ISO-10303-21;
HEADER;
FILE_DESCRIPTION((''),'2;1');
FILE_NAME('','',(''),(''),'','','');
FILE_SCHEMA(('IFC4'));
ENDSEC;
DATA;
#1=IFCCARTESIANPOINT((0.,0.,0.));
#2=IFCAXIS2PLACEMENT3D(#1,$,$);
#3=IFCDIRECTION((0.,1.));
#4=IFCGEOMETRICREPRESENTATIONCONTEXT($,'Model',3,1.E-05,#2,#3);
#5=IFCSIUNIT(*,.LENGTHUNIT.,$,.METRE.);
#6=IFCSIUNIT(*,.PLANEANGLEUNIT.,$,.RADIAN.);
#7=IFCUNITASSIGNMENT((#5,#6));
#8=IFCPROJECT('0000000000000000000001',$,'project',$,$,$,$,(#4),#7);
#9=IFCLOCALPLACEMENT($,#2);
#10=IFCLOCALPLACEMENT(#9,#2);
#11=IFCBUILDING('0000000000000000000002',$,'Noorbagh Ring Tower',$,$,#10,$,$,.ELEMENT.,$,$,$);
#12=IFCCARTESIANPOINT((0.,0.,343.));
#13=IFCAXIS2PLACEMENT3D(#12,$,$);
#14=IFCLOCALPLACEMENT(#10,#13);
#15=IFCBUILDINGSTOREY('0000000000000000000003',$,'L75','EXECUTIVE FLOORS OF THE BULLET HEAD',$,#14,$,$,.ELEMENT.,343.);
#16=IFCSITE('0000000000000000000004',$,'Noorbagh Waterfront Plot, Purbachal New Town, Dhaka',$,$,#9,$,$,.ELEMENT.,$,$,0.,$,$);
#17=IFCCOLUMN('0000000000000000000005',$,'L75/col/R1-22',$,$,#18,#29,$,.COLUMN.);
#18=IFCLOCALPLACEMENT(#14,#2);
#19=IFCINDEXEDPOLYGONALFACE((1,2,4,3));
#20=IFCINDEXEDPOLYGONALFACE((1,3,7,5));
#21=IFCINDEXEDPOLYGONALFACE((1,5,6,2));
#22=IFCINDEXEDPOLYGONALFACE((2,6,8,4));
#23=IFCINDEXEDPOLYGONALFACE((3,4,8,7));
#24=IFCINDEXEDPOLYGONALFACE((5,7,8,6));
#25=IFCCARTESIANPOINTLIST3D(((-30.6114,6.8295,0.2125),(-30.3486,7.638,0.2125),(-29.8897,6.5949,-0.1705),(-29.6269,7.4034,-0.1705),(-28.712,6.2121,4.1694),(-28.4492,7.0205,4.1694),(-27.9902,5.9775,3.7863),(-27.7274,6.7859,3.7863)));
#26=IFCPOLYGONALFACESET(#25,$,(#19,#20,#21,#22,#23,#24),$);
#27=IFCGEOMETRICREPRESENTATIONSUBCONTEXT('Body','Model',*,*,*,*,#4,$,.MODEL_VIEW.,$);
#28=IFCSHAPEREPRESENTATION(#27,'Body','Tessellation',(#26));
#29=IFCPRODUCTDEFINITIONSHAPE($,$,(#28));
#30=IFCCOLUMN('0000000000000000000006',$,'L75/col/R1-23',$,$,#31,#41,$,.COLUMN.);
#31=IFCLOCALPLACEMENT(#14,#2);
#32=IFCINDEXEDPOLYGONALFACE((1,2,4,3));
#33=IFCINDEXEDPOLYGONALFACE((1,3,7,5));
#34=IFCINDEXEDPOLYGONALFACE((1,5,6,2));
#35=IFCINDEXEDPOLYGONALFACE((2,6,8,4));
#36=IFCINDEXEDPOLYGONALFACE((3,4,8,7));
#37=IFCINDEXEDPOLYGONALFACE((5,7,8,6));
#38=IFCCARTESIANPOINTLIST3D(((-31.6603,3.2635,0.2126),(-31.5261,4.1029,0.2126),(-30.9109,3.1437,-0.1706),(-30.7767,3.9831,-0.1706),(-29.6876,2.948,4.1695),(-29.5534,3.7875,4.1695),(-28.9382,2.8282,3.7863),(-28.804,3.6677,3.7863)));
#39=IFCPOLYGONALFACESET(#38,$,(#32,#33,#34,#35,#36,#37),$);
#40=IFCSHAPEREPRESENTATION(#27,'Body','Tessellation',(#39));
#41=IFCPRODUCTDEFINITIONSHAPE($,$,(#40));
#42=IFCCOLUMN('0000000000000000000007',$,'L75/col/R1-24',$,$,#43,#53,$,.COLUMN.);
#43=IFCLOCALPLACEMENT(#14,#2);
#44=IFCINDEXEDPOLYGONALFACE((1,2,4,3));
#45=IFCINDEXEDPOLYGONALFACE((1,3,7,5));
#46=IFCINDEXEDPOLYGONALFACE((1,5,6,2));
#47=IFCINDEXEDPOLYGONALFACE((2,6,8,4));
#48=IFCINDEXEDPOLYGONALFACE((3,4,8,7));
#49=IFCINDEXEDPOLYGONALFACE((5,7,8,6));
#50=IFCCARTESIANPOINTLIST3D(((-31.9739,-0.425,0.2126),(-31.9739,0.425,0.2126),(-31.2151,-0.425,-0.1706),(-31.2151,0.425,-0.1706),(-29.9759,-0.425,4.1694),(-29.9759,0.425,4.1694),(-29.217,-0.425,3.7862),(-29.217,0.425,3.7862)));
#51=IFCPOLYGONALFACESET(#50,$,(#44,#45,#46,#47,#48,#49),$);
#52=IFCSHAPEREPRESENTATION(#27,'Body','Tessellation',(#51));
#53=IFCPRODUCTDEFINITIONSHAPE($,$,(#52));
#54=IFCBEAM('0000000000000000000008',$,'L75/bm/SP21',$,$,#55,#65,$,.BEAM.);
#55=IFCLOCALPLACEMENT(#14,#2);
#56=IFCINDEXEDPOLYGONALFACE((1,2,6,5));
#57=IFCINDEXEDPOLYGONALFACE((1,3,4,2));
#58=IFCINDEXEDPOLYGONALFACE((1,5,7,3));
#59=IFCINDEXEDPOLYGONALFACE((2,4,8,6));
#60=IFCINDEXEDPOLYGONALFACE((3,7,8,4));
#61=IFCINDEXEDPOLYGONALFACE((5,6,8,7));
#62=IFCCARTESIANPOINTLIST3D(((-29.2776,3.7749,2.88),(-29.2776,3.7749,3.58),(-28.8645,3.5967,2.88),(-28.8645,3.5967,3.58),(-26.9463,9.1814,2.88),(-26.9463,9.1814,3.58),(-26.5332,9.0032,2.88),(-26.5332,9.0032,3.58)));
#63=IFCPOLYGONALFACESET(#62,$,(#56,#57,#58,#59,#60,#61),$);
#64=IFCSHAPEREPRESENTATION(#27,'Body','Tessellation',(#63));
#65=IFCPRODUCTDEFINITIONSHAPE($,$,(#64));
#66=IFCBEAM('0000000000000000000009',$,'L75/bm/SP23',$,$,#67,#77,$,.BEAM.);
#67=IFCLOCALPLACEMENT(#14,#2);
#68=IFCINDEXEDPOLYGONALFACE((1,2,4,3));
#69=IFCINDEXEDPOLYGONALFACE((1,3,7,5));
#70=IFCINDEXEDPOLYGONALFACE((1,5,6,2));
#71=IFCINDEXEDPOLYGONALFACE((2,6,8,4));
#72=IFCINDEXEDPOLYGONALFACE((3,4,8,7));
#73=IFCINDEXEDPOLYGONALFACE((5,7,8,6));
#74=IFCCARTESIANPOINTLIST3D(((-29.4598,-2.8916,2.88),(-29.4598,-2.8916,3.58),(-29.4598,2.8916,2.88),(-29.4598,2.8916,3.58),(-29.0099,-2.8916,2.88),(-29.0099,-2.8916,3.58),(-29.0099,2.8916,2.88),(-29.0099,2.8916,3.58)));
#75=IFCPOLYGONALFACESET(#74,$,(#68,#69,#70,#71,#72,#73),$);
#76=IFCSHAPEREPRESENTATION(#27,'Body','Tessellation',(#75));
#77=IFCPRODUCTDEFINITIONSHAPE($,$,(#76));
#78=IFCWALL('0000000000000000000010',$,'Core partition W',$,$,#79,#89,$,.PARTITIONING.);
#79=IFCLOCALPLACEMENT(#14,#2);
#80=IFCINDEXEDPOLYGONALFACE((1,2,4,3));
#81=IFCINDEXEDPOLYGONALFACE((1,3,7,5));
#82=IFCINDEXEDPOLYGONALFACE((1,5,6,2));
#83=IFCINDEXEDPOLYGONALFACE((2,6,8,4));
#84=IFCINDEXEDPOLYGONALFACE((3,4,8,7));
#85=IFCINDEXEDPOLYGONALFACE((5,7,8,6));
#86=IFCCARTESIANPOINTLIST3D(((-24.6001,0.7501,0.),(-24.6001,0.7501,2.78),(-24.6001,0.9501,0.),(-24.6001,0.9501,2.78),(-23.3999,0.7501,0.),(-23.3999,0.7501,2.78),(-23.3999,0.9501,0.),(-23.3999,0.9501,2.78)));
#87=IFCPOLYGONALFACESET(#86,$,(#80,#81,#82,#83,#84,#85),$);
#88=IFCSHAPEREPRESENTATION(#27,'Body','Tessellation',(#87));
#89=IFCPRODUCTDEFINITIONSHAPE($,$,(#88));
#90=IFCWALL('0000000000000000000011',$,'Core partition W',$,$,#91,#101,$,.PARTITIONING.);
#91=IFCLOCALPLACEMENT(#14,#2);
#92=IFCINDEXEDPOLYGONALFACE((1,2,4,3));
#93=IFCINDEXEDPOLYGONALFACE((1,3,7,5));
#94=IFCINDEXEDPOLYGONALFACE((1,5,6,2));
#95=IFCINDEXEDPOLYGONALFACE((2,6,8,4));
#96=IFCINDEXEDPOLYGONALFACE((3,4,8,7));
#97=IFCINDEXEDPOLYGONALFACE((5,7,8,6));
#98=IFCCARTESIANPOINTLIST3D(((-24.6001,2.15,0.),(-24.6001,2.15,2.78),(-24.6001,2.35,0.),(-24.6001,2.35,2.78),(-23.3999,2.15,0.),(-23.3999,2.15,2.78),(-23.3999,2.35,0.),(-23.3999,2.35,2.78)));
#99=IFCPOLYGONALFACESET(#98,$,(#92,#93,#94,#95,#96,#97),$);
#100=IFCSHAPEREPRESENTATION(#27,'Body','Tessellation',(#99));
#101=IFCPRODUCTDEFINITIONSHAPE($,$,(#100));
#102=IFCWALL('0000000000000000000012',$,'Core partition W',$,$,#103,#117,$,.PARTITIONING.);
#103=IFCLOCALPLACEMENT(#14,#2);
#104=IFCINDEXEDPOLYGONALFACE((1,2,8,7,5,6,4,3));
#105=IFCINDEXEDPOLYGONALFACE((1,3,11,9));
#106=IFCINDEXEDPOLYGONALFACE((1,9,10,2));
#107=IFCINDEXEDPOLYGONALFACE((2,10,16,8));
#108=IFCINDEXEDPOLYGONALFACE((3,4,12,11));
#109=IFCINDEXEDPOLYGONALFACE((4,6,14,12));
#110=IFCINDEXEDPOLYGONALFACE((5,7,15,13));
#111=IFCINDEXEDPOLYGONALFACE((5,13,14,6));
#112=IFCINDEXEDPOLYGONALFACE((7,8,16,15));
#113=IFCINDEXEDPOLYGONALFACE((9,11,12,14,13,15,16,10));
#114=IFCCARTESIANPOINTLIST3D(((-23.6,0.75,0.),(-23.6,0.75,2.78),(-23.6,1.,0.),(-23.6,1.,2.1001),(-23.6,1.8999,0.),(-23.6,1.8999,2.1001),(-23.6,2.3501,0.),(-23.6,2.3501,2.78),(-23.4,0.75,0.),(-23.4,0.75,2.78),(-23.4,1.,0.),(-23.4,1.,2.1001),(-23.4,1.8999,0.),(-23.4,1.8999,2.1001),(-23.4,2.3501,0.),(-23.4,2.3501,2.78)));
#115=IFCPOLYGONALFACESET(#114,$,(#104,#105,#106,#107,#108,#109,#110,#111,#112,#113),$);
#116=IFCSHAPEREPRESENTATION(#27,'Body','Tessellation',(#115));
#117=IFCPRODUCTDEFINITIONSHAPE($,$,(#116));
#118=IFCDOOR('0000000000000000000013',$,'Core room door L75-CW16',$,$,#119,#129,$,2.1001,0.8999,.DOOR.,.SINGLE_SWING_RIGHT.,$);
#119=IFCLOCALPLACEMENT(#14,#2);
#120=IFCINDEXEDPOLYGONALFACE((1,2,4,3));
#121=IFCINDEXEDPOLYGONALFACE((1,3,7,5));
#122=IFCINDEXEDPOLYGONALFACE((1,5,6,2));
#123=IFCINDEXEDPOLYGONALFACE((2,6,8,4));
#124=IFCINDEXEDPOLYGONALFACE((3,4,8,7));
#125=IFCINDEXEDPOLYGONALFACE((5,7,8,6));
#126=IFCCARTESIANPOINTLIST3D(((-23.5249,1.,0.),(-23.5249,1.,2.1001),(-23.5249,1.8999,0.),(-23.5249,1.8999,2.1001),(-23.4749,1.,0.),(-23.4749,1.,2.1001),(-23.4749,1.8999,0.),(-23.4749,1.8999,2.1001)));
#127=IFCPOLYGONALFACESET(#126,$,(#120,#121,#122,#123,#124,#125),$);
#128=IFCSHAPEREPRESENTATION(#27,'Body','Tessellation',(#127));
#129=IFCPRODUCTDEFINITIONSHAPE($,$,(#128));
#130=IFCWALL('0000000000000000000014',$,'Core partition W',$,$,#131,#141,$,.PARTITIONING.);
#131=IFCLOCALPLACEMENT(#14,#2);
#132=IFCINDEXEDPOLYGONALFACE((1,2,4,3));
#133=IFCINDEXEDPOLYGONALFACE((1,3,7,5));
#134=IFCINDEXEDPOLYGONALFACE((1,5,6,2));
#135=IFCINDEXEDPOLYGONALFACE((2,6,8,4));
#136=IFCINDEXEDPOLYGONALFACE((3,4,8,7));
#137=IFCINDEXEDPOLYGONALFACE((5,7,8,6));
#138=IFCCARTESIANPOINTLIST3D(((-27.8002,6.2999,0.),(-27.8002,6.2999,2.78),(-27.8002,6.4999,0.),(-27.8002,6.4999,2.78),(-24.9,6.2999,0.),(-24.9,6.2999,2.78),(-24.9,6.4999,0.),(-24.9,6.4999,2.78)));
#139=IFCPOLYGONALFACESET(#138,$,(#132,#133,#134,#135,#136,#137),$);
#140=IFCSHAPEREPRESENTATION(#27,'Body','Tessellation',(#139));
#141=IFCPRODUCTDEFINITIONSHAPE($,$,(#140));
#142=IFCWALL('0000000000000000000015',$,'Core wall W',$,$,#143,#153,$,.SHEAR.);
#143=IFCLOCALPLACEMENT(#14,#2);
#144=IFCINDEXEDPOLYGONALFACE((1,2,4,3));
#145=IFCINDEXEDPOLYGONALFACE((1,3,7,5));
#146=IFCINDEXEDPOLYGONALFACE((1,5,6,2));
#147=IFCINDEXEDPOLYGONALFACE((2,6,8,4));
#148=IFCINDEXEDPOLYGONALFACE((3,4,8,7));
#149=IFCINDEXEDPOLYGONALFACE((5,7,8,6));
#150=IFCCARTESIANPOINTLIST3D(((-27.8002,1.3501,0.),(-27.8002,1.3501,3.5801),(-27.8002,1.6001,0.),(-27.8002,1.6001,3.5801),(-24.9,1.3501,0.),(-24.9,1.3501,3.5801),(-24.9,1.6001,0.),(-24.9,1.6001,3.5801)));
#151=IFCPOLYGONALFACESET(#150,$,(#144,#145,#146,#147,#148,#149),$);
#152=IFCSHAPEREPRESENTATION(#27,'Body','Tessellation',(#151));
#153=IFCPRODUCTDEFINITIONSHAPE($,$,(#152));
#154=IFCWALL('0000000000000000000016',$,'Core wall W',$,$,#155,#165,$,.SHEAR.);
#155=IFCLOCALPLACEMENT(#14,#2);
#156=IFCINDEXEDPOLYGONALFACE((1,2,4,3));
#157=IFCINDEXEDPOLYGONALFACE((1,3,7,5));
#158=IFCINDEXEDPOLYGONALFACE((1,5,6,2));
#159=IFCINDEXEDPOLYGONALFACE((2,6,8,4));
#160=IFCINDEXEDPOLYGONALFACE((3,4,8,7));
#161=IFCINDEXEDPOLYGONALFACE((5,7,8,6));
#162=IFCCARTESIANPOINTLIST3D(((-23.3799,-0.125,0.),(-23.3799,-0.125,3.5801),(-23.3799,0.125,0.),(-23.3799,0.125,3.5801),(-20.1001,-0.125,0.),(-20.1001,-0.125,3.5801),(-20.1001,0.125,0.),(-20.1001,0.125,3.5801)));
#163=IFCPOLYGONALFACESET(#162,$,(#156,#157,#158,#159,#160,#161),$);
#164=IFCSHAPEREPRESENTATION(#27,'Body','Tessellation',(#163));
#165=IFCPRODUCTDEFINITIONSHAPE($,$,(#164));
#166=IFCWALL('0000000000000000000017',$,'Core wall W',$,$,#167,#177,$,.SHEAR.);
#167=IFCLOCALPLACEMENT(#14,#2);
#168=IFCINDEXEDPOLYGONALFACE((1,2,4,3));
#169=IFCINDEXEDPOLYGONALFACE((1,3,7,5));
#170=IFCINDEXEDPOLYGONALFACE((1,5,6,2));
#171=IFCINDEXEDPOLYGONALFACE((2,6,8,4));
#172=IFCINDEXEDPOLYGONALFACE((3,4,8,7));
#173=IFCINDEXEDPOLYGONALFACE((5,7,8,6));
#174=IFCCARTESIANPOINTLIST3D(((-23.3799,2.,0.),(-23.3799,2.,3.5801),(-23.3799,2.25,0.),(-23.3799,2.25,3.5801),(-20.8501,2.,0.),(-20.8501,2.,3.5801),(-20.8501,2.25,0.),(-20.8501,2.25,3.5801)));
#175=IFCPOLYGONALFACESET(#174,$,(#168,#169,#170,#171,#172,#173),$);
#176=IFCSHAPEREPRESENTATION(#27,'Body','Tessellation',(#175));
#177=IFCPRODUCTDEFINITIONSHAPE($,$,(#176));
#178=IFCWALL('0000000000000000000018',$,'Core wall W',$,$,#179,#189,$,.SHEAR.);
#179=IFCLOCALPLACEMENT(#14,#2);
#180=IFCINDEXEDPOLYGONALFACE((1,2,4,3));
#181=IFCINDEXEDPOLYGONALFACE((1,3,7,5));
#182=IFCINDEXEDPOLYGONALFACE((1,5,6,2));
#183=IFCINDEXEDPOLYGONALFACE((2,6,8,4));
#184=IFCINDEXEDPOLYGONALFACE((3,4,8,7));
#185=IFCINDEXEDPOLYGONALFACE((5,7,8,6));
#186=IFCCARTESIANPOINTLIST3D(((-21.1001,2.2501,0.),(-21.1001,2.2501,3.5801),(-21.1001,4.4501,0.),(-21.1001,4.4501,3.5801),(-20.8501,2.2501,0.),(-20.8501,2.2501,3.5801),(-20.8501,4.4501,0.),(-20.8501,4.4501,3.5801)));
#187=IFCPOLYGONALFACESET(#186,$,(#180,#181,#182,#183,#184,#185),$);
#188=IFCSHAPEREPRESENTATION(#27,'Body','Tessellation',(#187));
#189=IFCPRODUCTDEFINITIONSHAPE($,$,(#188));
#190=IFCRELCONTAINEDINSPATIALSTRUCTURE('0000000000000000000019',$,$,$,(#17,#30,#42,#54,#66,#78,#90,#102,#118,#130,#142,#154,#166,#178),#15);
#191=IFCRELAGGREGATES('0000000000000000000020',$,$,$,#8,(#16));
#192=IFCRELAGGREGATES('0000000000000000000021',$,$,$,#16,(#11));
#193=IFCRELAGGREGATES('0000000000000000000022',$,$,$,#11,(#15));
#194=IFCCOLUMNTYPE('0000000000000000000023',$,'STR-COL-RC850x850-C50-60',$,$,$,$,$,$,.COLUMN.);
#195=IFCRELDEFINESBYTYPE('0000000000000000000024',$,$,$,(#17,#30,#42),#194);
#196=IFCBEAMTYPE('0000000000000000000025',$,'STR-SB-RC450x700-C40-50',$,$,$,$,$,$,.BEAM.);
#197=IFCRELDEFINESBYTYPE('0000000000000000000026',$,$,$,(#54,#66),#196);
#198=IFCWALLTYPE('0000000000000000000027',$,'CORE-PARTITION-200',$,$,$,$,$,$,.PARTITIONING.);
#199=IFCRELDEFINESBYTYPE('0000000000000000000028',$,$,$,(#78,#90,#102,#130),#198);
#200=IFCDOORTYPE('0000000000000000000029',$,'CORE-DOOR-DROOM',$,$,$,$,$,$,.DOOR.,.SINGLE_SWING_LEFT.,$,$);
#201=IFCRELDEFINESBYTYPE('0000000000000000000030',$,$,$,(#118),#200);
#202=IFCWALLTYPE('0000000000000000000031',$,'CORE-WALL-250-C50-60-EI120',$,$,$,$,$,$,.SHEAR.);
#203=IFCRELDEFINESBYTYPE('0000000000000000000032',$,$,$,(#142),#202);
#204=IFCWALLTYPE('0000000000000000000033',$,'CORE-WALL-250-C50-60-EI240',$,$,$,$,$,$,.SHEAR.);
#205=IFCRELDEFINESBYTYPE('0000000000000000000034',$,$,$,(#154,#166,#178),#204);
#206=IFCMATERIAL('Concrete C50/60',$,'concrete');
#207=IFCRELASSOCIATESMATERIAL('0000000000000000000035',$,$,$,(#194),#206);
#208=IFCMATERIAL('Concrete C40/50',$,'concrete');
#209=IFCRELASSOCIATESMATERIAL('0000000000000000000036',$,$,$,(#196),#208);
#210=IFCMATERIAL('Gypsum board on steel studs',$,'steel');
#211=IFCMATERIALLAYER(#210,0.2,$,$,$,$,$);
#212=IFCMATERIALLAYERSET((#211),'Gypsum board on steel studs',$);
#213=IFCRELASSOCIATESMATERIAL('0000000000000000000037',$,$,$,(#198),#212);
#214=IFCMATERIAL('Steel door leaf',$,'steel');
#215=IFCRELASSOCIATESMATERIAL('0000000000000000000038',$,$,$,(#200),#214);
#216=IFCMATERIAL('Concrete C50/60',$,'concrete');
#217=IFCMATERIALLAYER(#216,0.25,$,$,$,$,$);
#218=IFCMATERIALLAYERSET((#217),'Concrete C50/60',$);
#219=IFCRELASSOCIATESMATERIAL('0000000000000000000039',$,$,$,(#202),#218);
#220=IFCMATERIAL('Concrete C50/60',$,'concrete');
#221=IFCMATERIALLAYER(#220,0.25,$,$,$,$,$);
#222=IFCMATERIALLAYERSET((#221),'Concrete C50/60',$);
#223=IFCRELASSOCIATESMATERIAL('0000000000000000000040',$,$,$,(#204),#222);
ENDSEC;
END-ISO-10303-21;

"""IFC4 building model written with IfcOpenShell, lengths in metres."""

from ifc_helpers import new_model, si_unit, direction, frame, frame_2d, origin, origin_2d, place, context, subcontext, project, spatial, rectangle, extrude, material, layer, layer_set, material_profile, profile_set, type_object, element, fill, save


model = new_model("IFC4")

# Units and contexts
model_context = context("Model", 3, precision=1e-05, world=origin(), true_north=direction((0.0, 1.0)))
body_context = subcontext(model_context, "Body", "Model", "MODEL_VIEW")
ifc_project = project(units=[si_unit("LENGTHUNIT", "METRE"), si_unit("PLANEANGLEUNIT", "RADIAN")], contexts=[model_context])

# Site, building, storey
site_placement = place(None, origin())
site = spatial("IfcSite", under=ifc_project, at=site_placement, Name="Noorbagh Waterfront Plot, Purbachal New Town, Dhaka", CompositionType="ELEMENT", RefElevation=0.0)
building_placement = place(site_placement, origin())
building = spatial("IfcBuilding", under=site, at=building_placement, Name="Noorbagh Ring Tower", CompositionType="ELEMENT")
storey_placement = place(building_placement, frame((0.0, 0.0, 343.0)))
storey = spatial("IfcBuildingStorey", under=building, at=storey_placement, Name="L75", Description="EXECUTIVE FLOORS OF THE BULLET HEAD", CompositionType="ELEMENT", Elevation=343.0)

# Columns
ifc_material_1 = material(Name="Concrete C50/60", Category="concrete")
ifc_material_profile_1 = material_profile(ifc_material_1, rectangle(XDim=0.8501, YDim=0.8501, at=origin_2d()), Name="RC850x850")
ifc_profile_set_1 = profile_set([ifc_material_profile_1], Name="Concrete C50/60")
column_type = type_object("IfcColumnType", Name="STR-COL-RC850x850-C50-60", PredefinedType="COLUMN", material=ifc_profile_set_1)
column_placement = place(storey_placement, frame((-30.1191, 7.1165, 0.021), z_axis=(0.42854, -0.139303, 0.892719), x_axis=(0.309141, 0.951016, 0.0)))
element("IfcColumn", 1, at=column_placement, inside=storey, type_object=column_type, Name="L75/col/R1-22", PredefinedType="COLUMN", context=body_context, shape_type="SweptSolid", body=[
    extrude(rectangle(XDim=0.8501, YDim=0.8501, at=origin_2d()), origin(), (0.0, 0.0, 1.0), 4.4324),
])
for number, where, z_axis, x_axis, name in (
    (2, (-31.2185, 3.6233, 0.021), (0.445044, -0.071163, 0.892677), (0.157895, 0.987456, 0.0), "L75/col/R1-23"),
    (3, (-31.5945, 0.0, 0.021), (0.450757, 0.0, 0.892647), (0.0, 1.0, 0.0), "L75/col/R1-24"),
):
    element("IfcColumn", number, at=place(storey_placement, frame(where, z_axis=z_axis, x_axis=x_axis)), inside=storey, type_object=column_type, Name=name, PredefinedType="COLUMN", context=body_context, shape_type="SweptSolid", body=[
        extrude(rectangle(XDim=0.8501, YDim=0.8501, at=origin_2d()), origin(), (0.0, 0.0, 1.0), 4.4326),
    ])

# Beams
ifc_material_2 = material(Name="Concrete C40/50", Category="concrete")
ifc_material_profile_2 = material_profile(ifc_material_2, rectangle(XDim=0.45, YDim=0.7, at=origin_2d()), Name="RC450x700")
ifc_profile_set_2 = profile_set([ifc_material_profile_2], Name="Concrete C40/50")
beam_type = type_object("IfcBeamType", Name="STR-SB-RC450x700-C40-50", PredefinedType="BEAM", material=ifc_profile_set_2)
beam_1_placement = place(storey_placement, frame((-26.7397, 9.0923, 3.23), z_axis=(-0.39596, -0.918268, 0.0), x_axis=(0.918268, -0.39596, 0.0)))
element("IfcBeam", 4, at=beam_1_placement, inside=storey, type_object=beam_type, Name="L75/bm/SP21", PredefinedType="BEAM", context=body_context, shape_type="SweptSolid", body=[
    extrude(rectangle(XDim=0.45, YDim=0.7, at=origin_2d()), origin(), (0.0, 0.0, 1.0), 5.8877),
])
beam_2_placement = place(storey_placement, frame((-29.2349, 2.8916, 3.23), z_axis=(0.0, -1.0, 0.0), x_axis=(1.0, 0.0, 0.0)))
element("IfcBeam", 5, at=beam_2_placement, inside=storey, type_object=beam_type, Name="L75/bm/SP23", PredefinedType="BEAM", context=body_context, shape_type="SweptSolid", body=[
    extrude(rectangle(XDim=0.45, YDim=0.7, at=origin_2d()), origin(), (0.0, 0.0, 1.0), 5.7832),
])

# Walls
ifc_material_3 = material(Name="Gypsum board on steel studs", Category="steel")
ifc_layer_1 = layer(ifc_material_3, 0.2)
ifc_layer_set_1 = layer_set([ifc_layer_1], Name="Gypsum board on steel studs")
wall_type_1 = type_object("IfcWallType", Name="CORE-PARTITION-200", PredefinedType="PARTITIONING", material=ifc_layer_set_1)
for number, where, z_axis, x_axis, name in (
    (6, (-23.3999, 0.8501, 0.0), (0.0, 0.0, 1.0), (-1.0, 0.0, 0.0), "Core partition W"),
    (7, (-23.3999, 2.25, 0.0), (0.0, 0.0, 1.0), (-1.0, 0.0, 0.0), "Core partition W"),
):
    element("IfcWall", number, at=place(storey_placement, frame(where, z_axis=z_axis, x_axis=x_axis)), inside=storey, type_object=wall_type_1, Name=name, PredefinedType="PARTITIONING", context=body_context, shape_type="SweptSolid", body=[
        extrude(rectangle(XDim=1.2002, YDim=0.2, at=frame_2d((0.6001, 0.0))), origin(), (0.0, 0.0, 1.0), 2.78),
    ])

# Wall, opening, door
wall_1_placement = place(storey_placement, frame((-23.5, 0.75, 0.0), z_axis=(0.0, 0.0, 1.0), x_axis=(0.0, 1.0, 0.0)))
wall_1 = element("IfcWall", 8, at=wall_1_placement, inside=storey, type_object=wall_type_1, Name="Core partition W", PredefinedType="PARTITIONING", context=body_context, shape_type="SweptSolid", body=[
    extrude(rectangle(XDim=1.6001, YDim=0.2, at=frame_2d((0.8, 0.0))), origin(), (0.0, 0.0, 1.0), 2.78),
])
opening_1_placement = place(wall_1_placement, frame((0.25, 0.0, 0.0)))
opening_1 = element("IfcOpeningElement", 9, at=opening_1_placement, cuts=wall_1, PredefinedType="OPENING", context=body_context, shape_type="SweptSolid", body=[
    extrude(rectangle(XDim=0.8999, YDim=2.1001, at=frame_2d((0.45, 1.05))), frame((0.0, 0.1099, 0.0), z_axis=(0.0, -1.0, 0.0), x_axis=(1.0, 0.0, 0.0)), (0.0, 0.0, 1.0), 0.22),
])
ifc_material_4 = material(Name="Steel door leaf", Category="steel")
door_type_1 = type_object("IfcDoorType", Name="CORE-DOOR-DROOM", OperationType="SINGLE_SWING_LEFT", PredefinedType="DOOR", material=ifc_material_4)
door_1_placement = place(opening_1_placement, origin())
door_1 = element("IfcDoor", 10, at=door_1_placement, inside=storey, type_object=door_type_1, Name="Core room door L75-CW16", OperationType="SINGLE_SWING_RIGHT", OverallHeight=2.1001, OverallWidth=0.8999, PredefinedType="DOOR", context=body_context, shape_type="SweptSolid", body=[
    extrude(rectangle(XDim=0.8999, YDim=2.1001, at=frame_2d((0.45, 1.05))), frame((0.0, 0.0249, 0.0), z_axis=(0.0, -1.0, 0.0), x_axis=(1.0, 0.0, 0.0)), (0.0, 0.0, 1.0), 0.05),
])
fill(opening_1, door_1)

# Walls
wall_2_placement = place(storey_placement, frame((-24.8999, 6.3999, 0.0), z_axis=(0.0, 0.0, 1.0), x_axis=(-1.0, 0.0, 0.0)))
element("IfcWall", 11, at=wall_2_placement, inside=storey, type_object=wall_type_1, Name="Core partition W", PredefinedType="PARTITIONING", context=body_context, shape_type="SweptSolid", body=[
    extrude(rectangle(XDim=2.9001, YDim=0.2, at=frame_2d((1.4502, 0.0))), origin(), (0.0, 0.0, 1.0), 2.78),
])
ifc_material_5 = material(Name="Concrete C50/60", Category="concrete")
ifc_layer_2 = layer(ifc_material_5, 0.25)
ifc_layer_set_2 = layer_set([ifc_layer_2], Name="Concrete C50/60")
wall_type_2 = type_object("IfcWallType", Name="CORE-WALL-250-C50-60-EI120", PredefinedType="SHEAR", material=ifc_layer_set_2)
wall_3_placement = place(storey_placement, frame((-24.8999, 1.4751, 0.0), z_axis=(0.0, 0.0, 1.0), x_axis=(-1.0, 0.0, 0.0)))
element("IfcWall", 12, at=wall_3_placement, inside=storey, type_object=wall_type_2, Name="Core wall W", PredefinedType="SHEAR", context=body_context, shape_type="SweptSolid", body=[
    extrude(rectangle(XDim=2.9001, YDim=0.25, at=frame_2d((1.4502, 0.0))), origin(), (0.0, 0.0, 1.0), 3.5801),
])
ifc_material_6 = material(Name="Concrete C50/60", Category="concrete")
ifc_layer_3 = layer(ifc_material_6, 0.25)
ifc_layer_set_3 = layer_set([ifc_layer_3], Name="Concrete C50/60")
wall_type_3 = type_object("IfcWallType", Name="CORE-WALL-250-C50-60-EI240", PredefinedType="SHEAR", material=ifc_layer_set_3)
wall_4_placement = place(storey_placement, frame((-20.1001, 0.0, 0.0), z_axis=(0.0, 0.0, 1.0), x_axis=(-1.0, 0.0, 0.0)))
element("IfcWall", 13, at=wall_4_placement, inside=storey, type_object=wall_type_3, Name="Core wall W", PredefinedType="SHEAR", context=body_context, shape_type="SweptSolid", body=[
    extrude(rectangle(XDim=3.2798, YDim=0.25, at=frame_2d((1.6399, 0.0))), origin(), (0.0, 0.0, 1.0), 3.5801),
])
wall_5_placement = place(storey_placement, frame((-20.8501, 2.125, 0.0), z_axis=(0.0, 0.0, 1.0), x_axis=(-1.0, 0.0, 0.0)))
element("IfcWall", 14, at=wall_5_placement, inside=storey, type_object=wall_type_3, Name="Core wall W", PredefinedType="SHEAR", context=body_context, shape_type="SweptSolid", body=[
    extrude(rectangle(XDim=2.5298, YDim=0.25, at=frame_2d((1.2649, 0.0))), origin(), (0.0, 0.0, 1.0), 3.5801),
])
wall_6_placement = place(storey_placement, frame((-20.9751, 2.25, 0.0), z_axis=(0.0, 0.0, 1.0), x_axis=(0.0, 1.0, 0.0)))
element("IfcWall", 15, at=wall_6_placement, inside=storey, type_object=wall_type_3, Name="Core wall W", PredefinedType="SHEAR", context=body_context, shape_type="SweptSolid", body=[
    extrude(rectangle(XDim=2.2, YDim=0.25, at=frame_2d((1.1001, 0.0))), origin(), (0.0, 0.0, 1.0), 3.5801),
])

save(model, "model.ifc")
